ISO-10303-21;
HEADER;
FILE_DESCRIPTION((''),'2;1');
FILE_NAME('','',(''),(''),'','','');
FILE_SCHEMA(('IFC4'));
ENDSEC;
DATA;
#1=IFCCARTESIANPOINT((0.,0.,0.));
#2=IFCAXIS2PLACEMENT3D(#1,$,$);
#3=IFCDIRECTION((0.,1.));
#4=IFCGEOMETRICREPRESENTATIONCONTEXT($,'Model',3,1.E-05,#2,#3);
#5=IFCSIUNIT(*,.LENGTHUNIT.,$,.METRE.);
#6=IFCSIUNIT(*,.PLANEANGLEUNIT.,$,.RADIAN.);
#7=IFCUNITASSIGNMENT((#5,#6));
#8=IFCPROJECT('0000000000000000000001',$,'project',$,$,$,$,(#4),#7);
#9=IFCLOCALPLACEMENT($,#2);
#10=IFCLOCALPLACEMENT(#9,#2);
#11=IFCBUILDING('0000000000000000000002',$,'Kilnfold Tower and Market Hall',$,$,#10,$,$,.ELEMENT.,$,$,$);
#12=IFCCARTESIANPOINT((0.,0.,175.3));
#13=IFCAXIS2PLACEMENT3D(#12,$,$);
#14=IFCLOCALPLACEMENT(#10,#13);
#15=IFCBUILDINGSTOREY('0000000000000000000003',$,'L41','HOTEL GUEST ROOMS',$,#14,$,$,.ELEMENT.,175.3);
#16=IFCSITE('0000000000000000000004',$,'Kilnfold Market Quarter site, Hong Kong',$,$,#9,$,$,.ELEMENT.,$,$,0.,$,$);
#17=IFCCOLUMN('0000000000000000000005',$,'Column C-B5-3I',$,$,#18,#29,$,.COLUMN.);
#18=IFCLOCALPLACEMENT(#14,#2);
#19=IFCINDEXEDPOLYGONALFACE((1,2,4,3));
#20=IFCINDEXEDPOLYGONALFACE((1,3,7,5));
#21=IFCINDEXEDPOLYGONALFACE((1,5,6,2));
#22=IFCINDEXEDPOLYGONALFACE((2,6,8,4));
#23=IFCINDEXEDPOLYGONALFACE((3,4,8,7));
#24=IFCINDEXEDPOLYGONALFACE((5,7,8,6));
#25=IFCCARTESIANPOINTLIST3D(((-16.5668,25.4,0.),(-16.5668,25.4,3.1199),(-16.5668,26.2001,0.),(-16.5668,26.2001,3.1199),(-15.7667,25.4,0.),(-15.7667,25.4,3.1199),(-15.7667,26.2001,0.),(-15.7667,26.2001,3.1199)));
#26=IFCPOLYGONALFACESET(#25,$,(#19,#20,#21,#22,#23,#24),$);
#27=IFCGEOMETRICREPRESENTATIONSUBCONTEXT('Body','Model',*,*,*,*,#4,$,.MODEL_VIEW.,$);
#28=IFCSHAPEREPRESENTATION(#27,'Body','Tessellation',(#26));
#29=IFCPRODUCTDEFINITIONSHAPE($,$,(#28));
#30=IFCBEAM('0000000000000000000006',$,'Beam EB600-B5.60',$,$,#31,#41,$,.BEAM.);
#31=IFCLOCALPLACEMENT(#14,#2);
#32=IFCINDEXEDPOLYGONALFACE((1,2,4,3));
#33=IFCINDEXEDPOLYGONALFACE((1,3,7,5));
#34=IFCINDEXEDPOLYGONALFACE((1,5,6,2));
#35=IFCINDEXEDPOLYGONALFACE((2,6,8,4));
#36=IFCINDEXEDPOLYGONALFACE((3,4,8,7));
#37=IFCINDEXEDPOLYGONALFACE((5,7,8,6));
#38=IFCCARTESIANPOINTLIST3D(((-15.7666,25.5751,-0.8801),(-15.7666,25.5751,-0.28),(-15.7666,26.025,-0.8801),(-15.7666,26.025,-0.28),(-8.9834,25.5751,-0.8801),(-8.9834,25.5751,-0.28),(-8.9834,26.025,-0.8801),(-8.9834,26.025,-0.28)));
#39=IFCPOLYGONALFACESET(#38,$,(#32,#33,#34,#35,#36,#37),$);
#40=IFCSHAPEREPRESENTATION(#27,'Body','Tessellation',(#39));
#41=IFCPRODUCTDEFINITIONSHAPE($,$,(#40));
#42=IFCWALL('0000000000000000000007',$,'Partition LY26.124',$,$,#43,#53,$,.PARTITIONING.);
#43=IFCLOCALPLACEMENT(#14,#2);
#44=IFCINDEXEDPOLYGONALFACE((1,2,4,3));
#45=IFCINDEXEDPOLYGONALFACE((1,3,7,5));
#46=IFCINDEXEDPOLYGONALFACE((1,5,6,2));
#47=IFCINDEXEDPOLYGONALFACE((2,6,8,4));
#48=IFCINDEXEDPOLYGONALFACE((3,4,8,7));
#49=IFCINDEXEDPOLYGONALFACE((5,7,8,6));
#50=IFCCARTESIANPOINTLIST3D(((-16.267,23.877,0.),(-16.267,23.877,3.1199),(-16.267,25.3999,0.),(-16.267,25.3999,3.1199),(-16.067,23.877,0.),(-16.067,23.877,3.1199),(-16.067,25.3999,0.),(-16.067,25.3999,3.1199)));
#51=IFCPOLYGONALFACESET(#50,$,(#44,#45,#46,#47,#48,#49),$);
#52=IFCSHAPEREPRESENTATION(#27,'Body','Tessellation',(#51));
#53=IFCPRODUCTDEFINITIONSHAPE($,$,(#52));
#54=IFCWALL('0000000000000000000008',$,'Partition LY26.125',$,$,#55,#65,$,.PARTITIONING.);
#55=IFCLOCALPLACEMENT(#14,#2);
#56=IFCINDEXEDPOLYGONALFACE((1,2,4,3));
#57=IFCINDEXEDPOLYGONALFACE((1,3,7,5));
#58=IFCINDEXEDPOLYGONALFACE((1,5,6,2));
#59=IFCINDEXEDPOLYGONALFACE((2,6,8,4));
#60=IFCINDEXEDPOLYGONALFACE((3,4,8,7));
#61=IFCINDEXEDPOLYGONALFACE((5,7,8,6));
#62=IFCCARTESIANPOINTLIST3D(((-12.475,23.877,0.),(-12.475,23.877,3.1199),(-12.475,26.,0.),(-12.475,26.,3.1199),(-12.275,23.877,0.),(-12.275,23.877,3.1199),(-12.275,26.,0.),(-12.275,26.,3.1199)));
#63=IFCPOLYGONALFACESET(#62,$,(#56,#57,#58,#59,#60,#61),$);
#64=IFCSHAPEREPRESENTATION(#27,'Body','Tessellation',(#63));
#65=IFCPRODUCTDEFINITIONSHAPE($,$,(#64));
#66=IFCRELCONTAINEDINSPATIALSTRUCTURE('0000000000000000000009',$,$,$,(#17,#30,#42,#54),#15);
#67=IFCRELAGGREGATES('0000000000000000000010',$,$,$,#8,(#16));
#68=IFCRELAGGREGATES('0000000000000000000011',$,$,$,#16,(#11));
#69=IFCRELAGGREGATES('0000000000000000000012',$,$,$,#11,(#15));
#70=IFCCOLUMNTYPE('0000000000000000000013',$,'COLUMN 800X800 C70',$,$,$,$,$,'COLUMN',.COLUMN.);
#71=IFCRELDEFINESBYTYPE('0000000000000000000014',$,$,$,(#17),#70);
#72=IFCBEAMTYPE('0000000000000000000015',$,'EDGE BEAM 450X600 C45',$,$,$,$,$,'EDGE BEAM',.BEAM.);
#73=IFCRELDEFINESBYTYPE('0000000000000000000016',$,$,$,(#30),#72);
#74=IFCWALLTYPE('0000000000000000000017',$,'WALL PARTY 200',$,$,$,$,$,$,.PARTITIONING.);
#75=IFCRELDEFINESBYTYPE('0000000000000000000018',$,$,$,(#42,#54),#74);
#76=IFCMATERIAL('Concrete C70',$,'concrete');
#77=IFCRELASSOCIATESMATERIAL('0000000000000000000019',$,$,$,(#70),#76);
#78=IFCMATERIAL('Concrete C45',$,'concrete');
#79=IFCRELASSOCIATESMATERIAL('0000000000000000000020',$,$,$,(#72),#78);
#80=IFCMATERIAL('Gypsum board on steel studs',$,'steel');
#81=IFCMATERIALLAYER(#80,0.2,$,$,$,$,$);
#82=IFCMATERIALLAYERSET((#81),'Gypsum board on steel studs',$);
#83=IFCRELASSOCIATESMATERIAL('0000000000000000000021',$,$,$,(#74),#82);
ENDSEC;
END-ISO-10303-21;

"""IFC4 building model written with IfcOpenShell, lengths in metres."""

from ifc_helpers import new_model, si_unit, direction, frame, frame_2d, origin, origin_2d, place, context, subcontext, project, spatial, rectangle, extrude, source, transform, mapped, material, layer, layer_set, material_profile, profile_set, type_object, element, save


model = new_model("IFC4")

# Units and contexts
model_context = context("Model", 3, precision=1e-05, world=origin(), true_north=direction((0.0, 1.0)))
body_context = subcontext(model_context, "Body", "Model", "MODEL_VIEW")
ifc_project = project(units=[si_unit("LENGTHUNIT", "METRE"), si_unit("PLANEANGLEUNIT", "RADIAN")], contexts=[model_context])

# Site, building, storey
site_placement = place(None, origin())
site = spatial("IfcSite", under=ifc_project, at=site_placement, Name="Kilnfold Market Quarter site, Hong Kong", CompositionType="ELEMENT", RefElevation=0.0)
building_placement = place(site_placement, origin())
building = spatial("IfcBuilding", under=site, at=building_placement, Name="Kilnfold Tower and Market Hall", CompositionType="ELEMENT")
storey_placement = place(building_placement, frame((0.0, 0.0, 175.3)))
storey = spatial("IfcBuildingStorey", under=building, at=storey_placement, Name="L41", Description="HOTEL GUEST ROOMS", CompositionType="ELEMENT", Elevation=175.3)

# Column
ifc_material_1 = material(Name="Concrete C70", Category="concrete")
ifc_material_profile_1 = material_profile(ifc_material_1, rectangle(XDim=0.8, YDim=0.8, at=origin_2d()), Name="RC 800x800")
ifc_profile_set_1 = profile_set([ifc_material_profile_1], Name="Concrete C70")
column_type = type_object("IfcColumnType", Name="COLUMN 800X800 C70", ElementType="COLUMN", PredefinedType="COLUMN", material=ifc_profile_set_1)
shared_shape_1 = source(origin(), body_context, "Body", "SweptSolid", [
    extrude(rectangle(XDim=0.8, YDim=0.8, at=origin_2d()), origin(), (0.0, 0.0, 1.0), 3.1199),
])
column_placement = place(storey_placement, frame((-16.1667, 25.8, 0.0), z_axis=(0.0, 0.0, 1.0), x_axis=(1.0, 0.0, 0.0)))
element("IfcColumn", 1, at=column_placement, inside=storey, type_object=column_type, Name="Column C-B5-3I", PredefinedType="COLUMN", context=body_context, shape_type="MappedRepresentation", body=[
    mapped(shared_shape_1, transform((0.0, 0.0, 0.0))),
])

# Beam
ifc_material_2 = material(Name="Concrete C45", Category="concrete")
ifc_material_profile_2 = material_profile(ifc_material_2, rectangle(XDim=0.45, YDim=0.6001, at=origin_2d()), Name="RC 450x600")
ifc_profile_set_2 = profile_set([ifc_material_profile_2], Name="Concrete C45")
beam_type = type_object("IfcBeamType", Name="EDGE BEAM 450X600 C45", ElementType="EDGE BEAM", PredefinedType="BEAM", material=ifc_profile_set_2)
shared_shape_2 = source(origin(), body_context, "Body", "SweptSolid", [
    extrude(rectangle(XDim=0.45, YDim=0.6001, at=origin_2d()), origin(), (0.0, 0.0, 1.0), 6.7832),
])
beam_placement = place(storey_placement, frame((-15.7666, 25.8, -0.5801), z_axis=(1.0, 0.0, 0.0), x_axis=(0.0, 1.0, 0.0)))
element("IfcBeam", 2, at=beam_placement, inside=storey, type_object=beam_type, Name="Beam EB600-B5.60", PredefinedType="BEAM", context=body_context, shape_type="MappedRepresentation", body=[
    mapped(shared_shape_2, transform((0.0, 0.0, 0.0))),
])

# Walls
ifc_material_3 = material(Name="Gypsum board on steel studs", Category="steel")
ifc_layer_1 = layer(ifc_material_3, 0.2)
ifc_layer_set_1 = layer_set([ifc_layer_1], Name="Gypsum board on steel studs")
wall_type_1 = type_object("IfcWallType", Name="WALL PARTY 200", PredefinedType="PARTITIONING", material=ifc_layer_set_1)
wall_1_placement = place(storey_placement, frame((-16.167, 23.877, 0.0), z_axis=(0.0, 0.0, 1.0), x_axis=(0.0, 1.0, 0.0)))
element("IfcWall", 3, at=wall_1_placement, inside=storey, type_object=wall_type_1, Name="Partition LY26.124", PredefinedType="PARTITIONING", context=body_context, shape_type="SweptSolid", body=[
    extrude(rectangle(XDim=1.5229, YDim=0.2, at=frame_2d((0.7615, 0.0))), origin(), (0.0, 0.0, 1.0), 3.1199),
])
wall_2_placement = place(storey_placement, frame((-12.375, 23.877, 0.0), z_axis=(0.0, 0.0, 1.0), x_axis=(0.0, 1.0, 0.0)))
element("IfcWall", 4, at=wall_2_placement, inside=storey, type_object=wall_type_1, Name="Partition LY26.125", PredefinedType="PARTITIONING", context=body_context, shape_type="SweptSolid", body=[
    extrude(rectangle(XDim=2.123, YDim=0.2, at=frame_2d((1.0615, 0.0))), origin(), (0.0, 0.0, 1.0), 3.1199),
])

save(model, "model.ifc")
